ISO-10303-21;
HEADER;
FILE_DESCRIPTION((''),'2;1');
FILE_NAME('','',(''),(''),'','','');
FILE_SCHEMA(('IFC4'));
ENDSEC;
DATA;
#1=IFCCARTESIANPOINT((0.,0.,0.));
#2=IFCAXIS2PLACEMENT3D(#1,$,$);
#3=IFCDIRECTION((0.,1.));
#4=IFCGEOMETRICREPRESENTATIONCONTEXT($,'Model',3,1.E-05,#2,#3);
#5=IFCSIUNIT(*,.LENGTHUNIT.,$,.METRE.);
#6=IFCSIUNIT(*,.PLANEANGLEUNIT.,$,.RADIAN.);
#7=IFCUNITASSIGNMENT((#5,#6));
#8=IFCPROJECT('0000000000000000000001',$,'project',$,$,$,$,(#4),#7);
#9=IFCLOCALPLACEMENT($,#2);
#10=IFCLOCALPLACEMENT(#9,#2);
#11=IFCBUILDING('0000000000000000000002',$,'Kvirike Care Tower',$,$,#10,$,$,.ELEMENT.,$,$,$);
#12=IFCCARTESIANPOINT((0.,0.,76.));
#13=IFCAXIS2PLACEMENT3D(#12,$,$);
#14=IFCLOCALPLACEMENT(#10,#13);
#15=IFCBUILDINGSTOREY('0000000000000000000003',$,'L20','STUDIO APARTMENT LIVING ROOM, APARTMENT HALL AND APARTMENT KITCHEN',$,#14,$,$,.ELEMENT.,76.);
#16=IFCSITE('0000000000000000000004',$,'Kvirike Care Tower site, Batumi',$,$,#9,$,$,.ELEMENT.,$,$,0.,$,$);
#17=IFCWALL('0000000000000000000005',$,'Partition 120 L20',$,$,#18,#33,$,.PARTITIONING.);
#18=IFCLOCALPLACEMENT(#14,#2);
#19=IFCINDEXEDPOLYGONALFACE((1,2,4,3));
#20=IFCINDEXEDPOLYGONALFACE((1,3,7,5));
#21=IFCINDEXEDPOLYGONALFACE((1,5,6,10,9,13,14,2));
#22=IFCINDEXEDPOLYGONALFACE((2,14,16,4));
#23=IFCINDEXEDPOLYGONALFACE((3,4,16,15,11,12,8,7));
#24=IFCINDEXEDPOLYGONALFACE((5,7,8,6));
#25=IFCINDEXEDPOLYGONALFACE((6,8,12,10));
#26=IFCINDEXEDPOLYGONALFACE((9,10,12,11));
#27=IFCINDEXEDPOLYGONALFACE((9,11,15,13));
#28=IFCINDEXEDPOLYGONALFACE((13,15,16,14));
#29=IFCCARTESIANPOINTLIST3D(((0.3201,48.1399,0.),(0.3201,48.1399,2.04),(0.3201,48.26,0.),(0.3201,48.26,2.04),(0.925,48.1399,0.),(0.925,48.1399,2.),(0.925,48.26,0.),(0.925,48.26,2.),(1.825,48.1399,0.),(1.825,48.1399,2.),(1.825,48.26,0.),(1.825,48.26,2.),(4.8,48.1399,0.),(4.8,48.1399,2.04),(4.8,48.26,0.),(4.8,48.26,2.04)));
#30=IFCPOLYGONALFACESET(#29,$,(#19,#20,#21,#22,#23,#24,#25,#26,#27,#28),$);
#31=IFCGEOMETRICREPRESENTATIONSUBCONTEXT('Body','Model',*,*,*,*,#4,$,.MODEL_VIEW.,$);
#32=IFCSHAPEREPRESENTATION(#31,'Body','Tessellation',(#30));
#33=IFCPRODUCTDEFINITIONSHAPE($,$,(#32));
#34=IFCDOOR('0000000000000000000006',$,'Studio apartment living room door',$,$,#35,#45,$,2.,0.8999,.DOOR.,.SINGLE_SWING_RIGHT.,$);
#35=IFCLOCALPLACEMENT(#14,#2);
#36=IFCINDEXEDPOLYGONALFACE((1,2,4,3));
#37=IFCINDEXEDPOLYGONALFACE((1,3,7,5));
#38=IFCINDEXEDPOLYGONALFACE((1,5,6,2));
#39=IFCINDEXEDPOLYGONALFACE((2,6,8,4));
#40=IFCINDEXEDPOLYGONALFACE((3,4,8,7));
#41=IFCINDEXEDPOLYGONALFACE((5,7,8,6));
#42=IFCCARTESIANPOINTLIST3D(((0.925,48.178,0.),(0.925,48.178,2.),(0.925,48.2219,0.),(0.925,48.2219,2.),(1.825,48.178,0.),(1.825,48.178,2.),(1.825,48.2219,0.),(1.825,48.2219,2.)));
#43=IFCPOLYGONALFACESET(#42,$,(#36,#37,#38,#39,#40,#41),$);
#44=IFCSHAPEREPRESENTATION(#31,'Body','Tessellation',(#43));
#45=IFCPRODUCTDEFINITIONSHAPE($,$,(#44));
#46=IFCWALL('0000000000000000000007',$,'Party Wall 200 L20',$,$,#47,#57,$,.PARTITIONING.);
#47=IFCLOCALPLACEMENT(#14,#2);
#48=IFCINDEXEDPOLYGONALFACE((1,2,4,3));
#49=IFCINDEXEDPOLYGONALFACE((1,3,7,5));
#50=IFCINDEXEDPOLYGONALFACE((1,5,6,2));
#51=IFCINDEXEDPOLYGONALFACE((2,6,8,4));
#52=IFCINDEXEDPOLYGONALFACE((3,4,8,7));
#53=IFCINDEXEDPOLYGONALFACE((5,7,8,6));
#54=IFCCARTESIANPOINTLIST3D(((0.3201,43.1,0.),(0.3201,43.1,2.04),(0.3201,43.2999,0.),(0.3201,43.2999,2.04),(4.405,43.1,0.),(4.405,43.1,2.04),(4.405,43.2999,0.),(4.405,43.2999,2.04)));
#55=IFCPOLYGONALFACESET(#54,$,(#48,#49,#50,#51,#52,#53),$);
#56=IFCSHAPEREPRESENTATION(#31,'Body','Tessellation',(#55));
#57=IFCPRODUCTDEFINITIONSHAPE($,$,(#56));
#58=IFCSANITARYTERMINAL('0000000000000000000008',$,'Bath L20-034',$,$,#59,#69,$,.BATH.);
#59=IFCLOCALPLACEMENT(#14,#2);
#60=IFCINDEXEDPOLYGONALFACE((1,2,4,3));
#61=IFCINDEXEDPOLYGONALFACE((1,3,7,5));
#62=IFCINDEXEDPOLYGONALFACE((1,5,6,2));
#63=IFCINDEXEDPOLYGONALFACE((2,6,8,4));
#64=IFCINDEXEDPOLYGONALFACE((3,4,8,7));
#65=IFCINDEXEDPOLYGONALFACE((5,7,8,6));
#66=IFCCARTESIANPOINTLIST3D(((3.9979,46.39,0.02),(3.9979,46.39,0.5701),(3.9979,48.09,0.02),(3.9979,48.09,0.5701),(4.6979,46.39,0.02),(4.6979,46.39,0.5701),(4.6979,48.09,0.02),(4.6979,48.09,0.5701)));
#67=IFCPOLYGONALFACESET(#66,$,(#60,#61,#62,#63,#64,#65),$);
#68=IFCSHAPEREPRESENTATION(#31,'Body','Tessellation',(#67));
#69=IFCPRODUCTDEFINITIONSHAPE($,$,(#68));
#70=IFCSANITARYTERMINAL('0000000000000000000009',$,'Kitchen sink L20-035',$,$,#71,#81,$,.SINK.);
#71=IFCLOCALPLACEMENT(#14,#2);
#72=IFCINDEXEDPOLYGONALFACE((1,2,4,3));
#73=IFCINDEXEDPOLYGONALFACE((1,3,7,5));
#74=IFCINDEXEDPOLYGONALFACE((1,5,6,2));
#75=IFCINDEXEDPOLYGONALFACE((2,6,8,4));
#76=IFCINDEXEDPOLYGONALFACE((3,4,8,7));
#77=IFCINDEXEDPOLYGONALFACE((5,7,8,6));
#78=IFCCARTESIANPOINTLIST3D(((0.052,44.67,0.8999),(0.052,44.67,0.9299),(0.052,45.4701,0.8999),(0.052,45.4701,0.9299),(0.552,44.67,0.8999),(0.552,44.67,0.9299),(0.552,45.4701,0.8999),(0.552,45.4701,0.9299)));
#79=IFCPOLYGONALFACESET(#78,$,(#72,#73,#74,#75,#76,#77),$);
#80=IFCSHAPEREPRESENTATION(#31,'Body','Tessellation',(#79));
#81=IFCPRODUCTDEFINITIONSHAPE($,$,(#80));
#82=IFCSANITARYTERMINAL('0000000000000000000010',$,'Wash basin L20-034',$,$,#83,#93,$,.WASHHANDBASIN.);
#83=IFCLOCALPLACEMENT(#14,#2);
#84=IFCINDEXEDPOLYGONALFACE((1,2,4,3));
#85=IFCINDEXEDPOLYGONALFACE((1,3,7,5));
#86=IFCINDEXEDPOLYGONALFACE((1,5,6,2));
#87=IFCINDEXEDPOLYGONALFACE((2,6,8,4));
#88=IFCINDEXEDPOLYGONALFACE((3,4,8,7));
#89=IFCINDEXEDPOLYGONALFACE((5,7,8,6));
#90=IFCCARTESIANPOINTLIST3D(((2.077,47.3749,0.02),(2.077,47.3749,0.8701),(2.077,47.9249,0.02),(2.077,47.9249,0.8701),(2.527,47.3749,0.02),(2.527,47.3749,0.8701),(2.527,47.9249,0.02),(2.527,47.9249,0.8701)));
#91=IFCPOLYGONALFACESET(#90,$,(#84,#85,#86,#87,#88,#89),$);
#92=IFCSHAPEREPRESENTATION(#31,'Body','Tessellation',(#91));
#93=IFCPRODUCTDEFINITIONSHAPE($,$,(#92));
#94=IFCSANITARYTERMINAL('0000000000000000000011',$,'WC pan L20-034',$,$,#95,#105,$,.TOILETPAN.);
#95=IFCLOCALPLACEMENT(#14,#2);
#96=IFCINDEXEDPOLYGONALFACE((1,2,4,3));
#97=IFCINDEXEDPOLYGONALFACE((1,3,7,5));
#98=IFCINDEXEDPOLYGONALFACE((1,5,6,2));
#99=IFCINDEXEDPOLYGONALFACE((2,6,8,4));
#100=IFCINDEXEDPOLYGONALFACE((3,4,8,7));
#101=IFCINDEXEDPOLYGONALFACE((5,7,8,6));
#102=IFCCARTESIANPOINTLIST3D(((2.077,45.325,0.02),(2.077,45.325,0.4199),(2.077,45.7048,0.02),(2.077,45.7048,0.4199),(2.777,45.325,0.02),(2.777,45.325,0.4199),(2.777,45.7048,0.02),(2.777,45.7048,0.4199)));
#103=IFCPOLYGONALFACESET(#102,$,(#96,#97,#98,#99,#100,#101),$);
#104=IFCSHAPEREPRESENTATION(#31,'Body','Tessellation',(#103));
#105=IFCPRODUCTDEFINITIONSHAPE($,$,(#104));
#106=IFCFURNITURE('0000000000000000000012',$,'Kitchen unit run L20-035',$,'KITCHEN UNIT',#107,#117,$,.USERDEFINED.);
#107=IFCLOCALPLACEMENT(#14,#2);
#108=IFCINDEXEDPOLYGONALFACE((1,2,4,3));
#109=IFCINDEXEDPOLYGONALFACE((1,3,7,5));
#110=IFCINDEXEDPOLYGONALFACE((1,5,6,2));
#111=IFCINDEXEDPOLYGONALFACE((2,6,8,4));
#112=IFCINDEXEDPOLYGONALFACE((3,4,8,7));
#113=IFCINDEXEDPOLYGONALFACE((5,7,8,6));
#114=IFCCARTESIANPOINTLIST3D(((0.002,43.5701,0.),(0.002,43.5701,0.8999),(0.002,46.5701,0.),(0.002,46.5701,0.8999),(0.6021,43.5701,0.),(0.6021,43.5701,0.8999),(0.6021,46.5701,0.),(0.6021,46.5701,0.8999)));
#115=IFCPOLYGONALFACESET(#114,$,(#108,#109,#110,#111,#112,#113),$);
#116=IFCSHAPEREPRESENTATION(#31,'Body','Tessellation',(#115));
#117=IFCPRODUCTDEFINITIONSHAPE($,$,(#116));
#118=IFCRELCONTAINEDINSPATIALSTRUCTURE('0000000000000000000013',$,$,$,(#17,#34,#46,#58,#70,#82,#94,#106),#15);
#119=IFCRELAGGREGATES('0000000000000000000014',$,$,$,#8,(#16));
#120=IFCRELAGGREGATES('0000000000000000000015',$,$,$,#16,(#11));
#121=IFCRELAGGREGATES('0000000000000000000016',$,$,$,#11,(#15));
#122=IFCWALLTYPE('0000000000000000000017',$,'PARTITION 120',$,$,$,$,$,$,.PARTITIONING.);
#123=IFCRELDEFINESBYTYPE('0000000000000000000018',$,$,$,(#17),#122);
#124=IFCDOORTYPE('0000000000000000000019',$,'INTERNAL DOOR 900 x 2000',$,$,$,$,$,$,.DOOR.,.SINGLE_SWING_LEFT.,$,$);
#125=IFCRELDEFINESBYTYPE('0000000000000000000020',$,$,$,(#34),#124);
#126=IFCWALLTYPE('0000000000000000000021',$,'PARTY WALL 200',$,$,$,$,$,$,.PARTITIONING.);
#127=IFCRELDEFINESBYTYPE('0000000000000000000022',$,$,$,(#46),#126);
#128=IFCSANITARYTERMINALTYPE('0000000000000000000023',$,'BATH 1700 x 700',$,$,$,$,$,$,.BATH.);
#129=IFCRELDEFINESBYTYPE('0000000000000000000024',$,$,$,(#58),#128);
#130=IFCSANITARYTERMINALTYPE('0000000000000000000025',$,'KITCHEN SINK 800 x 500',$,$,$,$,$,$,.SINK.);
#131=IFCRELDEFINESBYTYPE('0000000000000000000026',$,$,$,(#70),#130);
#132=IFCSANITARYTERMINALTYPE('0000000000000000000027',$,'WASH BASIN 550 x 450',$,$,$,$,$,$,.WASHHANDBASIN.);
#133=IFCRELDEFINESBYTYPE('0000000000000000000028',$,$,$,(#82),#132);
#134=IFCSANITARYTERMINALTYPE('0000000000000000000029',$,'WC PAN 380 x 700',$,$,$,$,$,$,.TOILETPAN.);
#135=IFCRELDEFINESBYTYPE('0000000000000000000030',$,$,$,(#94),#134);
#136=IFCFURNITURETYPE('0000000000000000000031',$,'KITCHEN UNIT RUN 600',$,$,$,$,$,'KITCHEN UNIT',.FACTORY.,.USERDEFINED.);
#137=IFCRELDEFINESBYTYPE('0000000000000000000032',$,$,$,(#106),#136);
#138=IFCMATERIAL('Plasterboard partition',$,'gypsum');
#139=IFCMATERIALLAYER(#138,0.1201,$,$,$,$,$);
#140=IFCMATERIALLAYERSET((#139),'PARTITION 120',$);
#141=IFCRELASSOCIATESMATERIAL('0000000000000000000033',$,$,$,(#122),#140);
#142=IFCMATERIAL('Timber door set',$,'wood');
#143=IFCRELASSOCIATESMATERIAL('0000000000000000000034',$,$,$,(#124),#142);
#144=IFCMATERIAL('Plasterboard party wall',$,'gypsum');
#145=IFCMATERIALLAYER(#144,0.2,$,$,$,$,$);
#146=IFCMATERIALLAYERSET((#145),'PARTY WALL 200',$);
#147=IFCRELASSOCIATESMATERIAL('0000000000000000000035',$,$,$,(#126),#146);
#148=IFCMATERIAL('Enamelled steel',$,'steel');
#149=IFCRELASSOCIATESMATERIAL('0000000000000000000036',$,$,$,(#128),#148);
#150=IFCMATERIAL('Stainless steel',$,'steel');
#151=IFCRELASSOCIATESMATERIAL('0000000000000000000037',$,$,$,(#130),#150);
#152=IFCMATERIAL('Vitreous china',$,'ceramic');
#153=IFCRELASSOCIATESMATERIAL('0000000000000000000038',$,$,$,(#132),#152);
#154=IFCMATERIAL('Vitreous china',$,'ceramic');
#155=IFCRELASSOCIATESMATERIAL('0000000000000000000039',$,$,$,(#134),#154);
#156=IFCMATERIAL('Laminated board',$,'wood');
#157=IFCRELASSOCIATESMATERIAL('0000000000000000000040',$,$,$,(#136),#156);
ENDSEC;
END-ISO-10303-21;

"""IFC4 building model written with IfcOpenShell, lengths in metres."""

from ifc_helpers import new_model, si_unit, direction, frame, frame_2d, origin, origin_2d, place, context, subcontext, project, spatial, rectangle, extrude, material, layer, layer_set, type_object, element, fill, save


model = new_model("IFC4")

# Units and contexts
model_context = context("Model", 3, precision=1e-05, world=origin(), true_north=direction((0.0, 1.0)))
body_context = subcontext(model_context, "Body", "Model", "MODEL_VIEW")
ifc_project = project(units=[si_unit("LENGTHUNIT", "METRE"), si_unit("PLANEANGLEUNIT", "RADIAN")], contexts=[model_context])

# Site, building, storey
site_placement = place(None, origin())
site = spatial("IfcSite", under=ifc_project, at=site_placement, Name="Kvirike Care Tower site, Batumi", CompositionType="ELEMENT", RefElevation=0.0)
building_placement = place(site_placement, origin())
building = spatial("IfcBuilding", under=site, at=building_placement, Name="Kvirike Care Tower", CompositionType="ELEMENT")
storey_placement = place(building_placement, frame((0.0, 0.0, 76.0)))
storey = spatial("IfcBuildingStorey", under=building, at=storey_placement, Name="L20", Description="STUDIO APARTMENT LIVING ROOM, APARTMENT HALL AND APARTMENT KITCHEN", CompositionType="ELEMENT", Elevation=76.0)

# Wall, opening, door
ifc_material_1 = material(Name="Plasterboard partition", Category="gypsum")
ifc_layer_1 = layer(ifc_material_1, 0.1201)
ifc_layer_set_1 = layer_set([ifc_layer_1], Name="PARTITION 120")
wall_type_1 = type_object("IfcWallType", Name="PARTITION 120", PredefinedType="PARTITIONING", material=ifc_layer_set_1)
wall_1_placement = place(storey_placement, frame((4.8, 48.2, 0.0), z_axis=(0.0, 0.0, 1.0), x_axis=(-1.0, 0.0, 0.0)))
wall_1 = element("IfcWall", 1, at=wall_1_placement, inside=storey, type_object=wall_type_1, Name="Partition 120 L20", PredefinedType="PARTITIONING", context=body_context, shape_type="SweptSolid", body=[
    extrude(rectangle(XDim=4.48, YDim=0.1201, at=frame_2d((2.24, 0.0))), origin(), (0.0, 0.0, 1.0), 2.04),
])
opening_1_placement = place(wall_1_placement, frame((2.9751, 0.0, 0.0)))
opening_1 = element("IfcOpeningElement", 2, at=opening_1_placement, cuts=wall_1, PredefinedType="OPENING", context=body_context, shape_type="SweptSolid", body=[
    extrude(rectangle(XDim=0.8999, YDim=2.0, at=frame_2d((0.45, 1.0))), frame((0.0, 0.0706, 0.0), z_axis=(0.0, -1.0, 0.0), x_axis=(1.0, 0.0, 0.0)), (0.0, 0.0, 1.0), 0.1411),
])
ifc_material_2 = material(Name="Timber door set", Category="wood")
door_type_1 = type_object("IfcDoorType", Name="INTERNAL DOOR 900 x 2000", OperationType="SINGLE_SWING_LEFT", PredefinedType="DOOR", material=ifc_material_2)
door_1_placement = place(opening_1_placement, origin())
door_1 = element("IfcDoor", 3, at=door_1_placement, inside=storey, type_object=door_type_1, Name="Studio apartment living room door", OperationType="SINGLE_SWING_RIGHT", OverallHeight=2.0, OverallWidth=0.8999, PredefinedType="DOOR", context=body_context, shape_type="SweptSolid", body=[
    extrude(rectangle(XDim=0.8999, YDim=2.0, at=frame_2d((0.45, 1.0))), frame((0.0, 0.022, 0.0), z_axis=(0.0, -1.0, 0.0), x_axis=(1.0, 0.0, 0.0)), (0.0, 0.0, 1.0), 0.0439),
])
fill(opening_1, door_1)

# Wall
ifc_material_3 = material(Name="Plasterboard party wall", Category="gypsum")
ifc_layer_2 = layer(ifc_material_3, 0.2)
ifc_layer_set_2 = layer_set([ifc_layer_2], Name="PARTY WALL 200")
wall_type_2 = type_object("IfcWallType", Name="PARTY WALL 200", PredefinedType="PARTITIONING", material=ifc_layer_set_2)
wall_2_placement = place(storey_placement, frame((4.405, 43.2, 0.0), z_axis=(0.0, 0.0, 1.0), x_axis=(-1.0, 0.0, 0.0)))
element("IfcWall", 4, at=wall_2_placement, inside=storey, type_object=wall_type_2, Name="Party Wall 200 L20", PredefinedType="PARTITIONING", context=body_context, shape_type="SweptSolid", body=[
    extrude(rectangle(XDim=4.085, YDim=0.2, at=frame_2d((2.0425, 0.0))), origin(), (0.0, 0.0, 1.0), 2.04),
])

# Sanitary terminals
ifc_material_4 = material(Name="Enamelled steel", Category="steel")
sanitary_terminal_type_1 = type_object("IfcSanitaryTerminalType", Name="BATH 1700 x 700", PredefinedType="BATH", material=ifc_material_4)
sanitary_terminal_1_placement = place(storey_placement, frame((4.3479, 47.24, 0.02), z_axis=(0.0, 0.0, 1.0), x_axis=(0.0, -1.0, 0.0)))
element("IfcSanitaryTerminal", 5, at=sanitary_terminal_1_placement, inside=storey, type_object=sanitary_terminal_type_1, Name="Bath L20-034", PredefinedType="BATH", context=body_context, shape_type="SweptSolid", body=[
    extrude(rectangle(XDim=1.7, YDim=0.7, at=origin_2d()), origin(), (0.0, 0.0, 1.0), 0.55),
])
ifc_material_5 = material(Name="Stainless steel", Category="steel")
sanitary_terminal_type_2 = type_object("IfcSanitaryTerminalType", Name="KITCHEN SINK 800 x 500", PredefinedType="SINK", material=ifc_material_5)
sanitary_terminal_2_placement = place(storey_placement, frame((0.302, 45.0701, 0.8999), z_axis=(0.0, 0.0, 1.0), x_axis=(0.0, 1.0, 0.0)))
element("IfcSanitaryTerminal", 6, at=sanitary_terminal_2_placement, inside=storey, type_object=sanitary_terminal_type_2, Name="Kitchen sink L20-035", PredefinedType="SINK", context=body_context, shape_type="SweptSolid", body=[
    extrude(rectangle(XDim=0.8, YDim=0.5, at=origin_2d()), origin(), (0.0, 0.0, 1.0), 0.03),
])
ifc_material_6 = material(Name="Vitreous china", Category="ceramic")
sanitary_terminal_type_3 = type_object("IfcSanitaryTerminalType", Name="WASH BASIN 550 x 450", PredefinedType="WASHHANDBASIN", material=ifc_material_6)
sanitary_terminal_3_placement = place(storey_placement, frame((2.302, 47.6499, 0.02), z_axis=(0.0, 0.0, 1.0), x_axis=(0.0, 1.0, 0.0)))
element("IfcSanitaryTerminal", 7, at=sanitary_terminal_3_placement, inside=storey, type_object=sanitary_terminal_type_3, Name="Wash basin L20-034", PredefinedType="WASHHANDBASIN", context=body_context, shape_type="SweptSolid", body=[
    extrude(rectangle(XDim=0.55, YDim=0.45, at=origin_2d()), origin(), (0.0, 0.0, 1.0), 0.8501),
])
ifc_material_7 = material(Name="Vitreous china", Category="ceramic")
sanitary_terminal_type_4 = type_object("IfcSanitaryTerminalType", Name="WC PAN 380 x 700", PredefinedType="TOILETPAN", material=ifc_material_7)
sanitary_terminal_4_placement = place(storey_placement, frame((2.427, 45.5149, 0.02), z_axis=(0.0, 0.0, 1.0), x_axis=(0.0, 1.0, 0.0)))
element("IfcSanitaryTerminal", 8, at=sanitary_terminal_4_placement, inside=storey, type_object=sanitary_terminal_type_4, Name="WC pan L20-034", PredefinedType="TOILETPAN", context=body_context, shape_type="SweptSolid", body=[
    extrude(rectangle(XDim=0.3799, YDim=0.7, at=origin_2d()), origin(), (0.0, 0.0, 1.0), 0.3999),
])

# Furniture
ifc_material_8 = material(Name="Laminated board", Category="wood")
furniture_type = type_object("IfcFurnitureType", Name="KITCHEN UNIT RUN 600", ElementType="KITCHEN UNIT", AssemblyPlace="FACTORY", PredefinedType="USERDEFINED", material=ifc_material_8)
furniture_placement = place(storey_placement, frame((0.302, 45.0701, 0.0), z_axis=(0.0, 0.0, 1.0), x_axis=(0.0, 1.0, 0.0)))
element("IfcFurniture", 9, at=furniture_placement, inside=storey, type_object=furniture_type, Name="Kitchen unit run L20-035", ObjectType="KITCHEN UNIT", PredefinedType="USERDEFINED", context=body_context, shape_type="SweptSolid", body=[
    extrude(rectangle(XDim=3.0, YDim=0.6001, at=origin_2d()), origin(), (0.0, 0.0, 1.0), 0.8999),
])

save(model, "model.ifc")
